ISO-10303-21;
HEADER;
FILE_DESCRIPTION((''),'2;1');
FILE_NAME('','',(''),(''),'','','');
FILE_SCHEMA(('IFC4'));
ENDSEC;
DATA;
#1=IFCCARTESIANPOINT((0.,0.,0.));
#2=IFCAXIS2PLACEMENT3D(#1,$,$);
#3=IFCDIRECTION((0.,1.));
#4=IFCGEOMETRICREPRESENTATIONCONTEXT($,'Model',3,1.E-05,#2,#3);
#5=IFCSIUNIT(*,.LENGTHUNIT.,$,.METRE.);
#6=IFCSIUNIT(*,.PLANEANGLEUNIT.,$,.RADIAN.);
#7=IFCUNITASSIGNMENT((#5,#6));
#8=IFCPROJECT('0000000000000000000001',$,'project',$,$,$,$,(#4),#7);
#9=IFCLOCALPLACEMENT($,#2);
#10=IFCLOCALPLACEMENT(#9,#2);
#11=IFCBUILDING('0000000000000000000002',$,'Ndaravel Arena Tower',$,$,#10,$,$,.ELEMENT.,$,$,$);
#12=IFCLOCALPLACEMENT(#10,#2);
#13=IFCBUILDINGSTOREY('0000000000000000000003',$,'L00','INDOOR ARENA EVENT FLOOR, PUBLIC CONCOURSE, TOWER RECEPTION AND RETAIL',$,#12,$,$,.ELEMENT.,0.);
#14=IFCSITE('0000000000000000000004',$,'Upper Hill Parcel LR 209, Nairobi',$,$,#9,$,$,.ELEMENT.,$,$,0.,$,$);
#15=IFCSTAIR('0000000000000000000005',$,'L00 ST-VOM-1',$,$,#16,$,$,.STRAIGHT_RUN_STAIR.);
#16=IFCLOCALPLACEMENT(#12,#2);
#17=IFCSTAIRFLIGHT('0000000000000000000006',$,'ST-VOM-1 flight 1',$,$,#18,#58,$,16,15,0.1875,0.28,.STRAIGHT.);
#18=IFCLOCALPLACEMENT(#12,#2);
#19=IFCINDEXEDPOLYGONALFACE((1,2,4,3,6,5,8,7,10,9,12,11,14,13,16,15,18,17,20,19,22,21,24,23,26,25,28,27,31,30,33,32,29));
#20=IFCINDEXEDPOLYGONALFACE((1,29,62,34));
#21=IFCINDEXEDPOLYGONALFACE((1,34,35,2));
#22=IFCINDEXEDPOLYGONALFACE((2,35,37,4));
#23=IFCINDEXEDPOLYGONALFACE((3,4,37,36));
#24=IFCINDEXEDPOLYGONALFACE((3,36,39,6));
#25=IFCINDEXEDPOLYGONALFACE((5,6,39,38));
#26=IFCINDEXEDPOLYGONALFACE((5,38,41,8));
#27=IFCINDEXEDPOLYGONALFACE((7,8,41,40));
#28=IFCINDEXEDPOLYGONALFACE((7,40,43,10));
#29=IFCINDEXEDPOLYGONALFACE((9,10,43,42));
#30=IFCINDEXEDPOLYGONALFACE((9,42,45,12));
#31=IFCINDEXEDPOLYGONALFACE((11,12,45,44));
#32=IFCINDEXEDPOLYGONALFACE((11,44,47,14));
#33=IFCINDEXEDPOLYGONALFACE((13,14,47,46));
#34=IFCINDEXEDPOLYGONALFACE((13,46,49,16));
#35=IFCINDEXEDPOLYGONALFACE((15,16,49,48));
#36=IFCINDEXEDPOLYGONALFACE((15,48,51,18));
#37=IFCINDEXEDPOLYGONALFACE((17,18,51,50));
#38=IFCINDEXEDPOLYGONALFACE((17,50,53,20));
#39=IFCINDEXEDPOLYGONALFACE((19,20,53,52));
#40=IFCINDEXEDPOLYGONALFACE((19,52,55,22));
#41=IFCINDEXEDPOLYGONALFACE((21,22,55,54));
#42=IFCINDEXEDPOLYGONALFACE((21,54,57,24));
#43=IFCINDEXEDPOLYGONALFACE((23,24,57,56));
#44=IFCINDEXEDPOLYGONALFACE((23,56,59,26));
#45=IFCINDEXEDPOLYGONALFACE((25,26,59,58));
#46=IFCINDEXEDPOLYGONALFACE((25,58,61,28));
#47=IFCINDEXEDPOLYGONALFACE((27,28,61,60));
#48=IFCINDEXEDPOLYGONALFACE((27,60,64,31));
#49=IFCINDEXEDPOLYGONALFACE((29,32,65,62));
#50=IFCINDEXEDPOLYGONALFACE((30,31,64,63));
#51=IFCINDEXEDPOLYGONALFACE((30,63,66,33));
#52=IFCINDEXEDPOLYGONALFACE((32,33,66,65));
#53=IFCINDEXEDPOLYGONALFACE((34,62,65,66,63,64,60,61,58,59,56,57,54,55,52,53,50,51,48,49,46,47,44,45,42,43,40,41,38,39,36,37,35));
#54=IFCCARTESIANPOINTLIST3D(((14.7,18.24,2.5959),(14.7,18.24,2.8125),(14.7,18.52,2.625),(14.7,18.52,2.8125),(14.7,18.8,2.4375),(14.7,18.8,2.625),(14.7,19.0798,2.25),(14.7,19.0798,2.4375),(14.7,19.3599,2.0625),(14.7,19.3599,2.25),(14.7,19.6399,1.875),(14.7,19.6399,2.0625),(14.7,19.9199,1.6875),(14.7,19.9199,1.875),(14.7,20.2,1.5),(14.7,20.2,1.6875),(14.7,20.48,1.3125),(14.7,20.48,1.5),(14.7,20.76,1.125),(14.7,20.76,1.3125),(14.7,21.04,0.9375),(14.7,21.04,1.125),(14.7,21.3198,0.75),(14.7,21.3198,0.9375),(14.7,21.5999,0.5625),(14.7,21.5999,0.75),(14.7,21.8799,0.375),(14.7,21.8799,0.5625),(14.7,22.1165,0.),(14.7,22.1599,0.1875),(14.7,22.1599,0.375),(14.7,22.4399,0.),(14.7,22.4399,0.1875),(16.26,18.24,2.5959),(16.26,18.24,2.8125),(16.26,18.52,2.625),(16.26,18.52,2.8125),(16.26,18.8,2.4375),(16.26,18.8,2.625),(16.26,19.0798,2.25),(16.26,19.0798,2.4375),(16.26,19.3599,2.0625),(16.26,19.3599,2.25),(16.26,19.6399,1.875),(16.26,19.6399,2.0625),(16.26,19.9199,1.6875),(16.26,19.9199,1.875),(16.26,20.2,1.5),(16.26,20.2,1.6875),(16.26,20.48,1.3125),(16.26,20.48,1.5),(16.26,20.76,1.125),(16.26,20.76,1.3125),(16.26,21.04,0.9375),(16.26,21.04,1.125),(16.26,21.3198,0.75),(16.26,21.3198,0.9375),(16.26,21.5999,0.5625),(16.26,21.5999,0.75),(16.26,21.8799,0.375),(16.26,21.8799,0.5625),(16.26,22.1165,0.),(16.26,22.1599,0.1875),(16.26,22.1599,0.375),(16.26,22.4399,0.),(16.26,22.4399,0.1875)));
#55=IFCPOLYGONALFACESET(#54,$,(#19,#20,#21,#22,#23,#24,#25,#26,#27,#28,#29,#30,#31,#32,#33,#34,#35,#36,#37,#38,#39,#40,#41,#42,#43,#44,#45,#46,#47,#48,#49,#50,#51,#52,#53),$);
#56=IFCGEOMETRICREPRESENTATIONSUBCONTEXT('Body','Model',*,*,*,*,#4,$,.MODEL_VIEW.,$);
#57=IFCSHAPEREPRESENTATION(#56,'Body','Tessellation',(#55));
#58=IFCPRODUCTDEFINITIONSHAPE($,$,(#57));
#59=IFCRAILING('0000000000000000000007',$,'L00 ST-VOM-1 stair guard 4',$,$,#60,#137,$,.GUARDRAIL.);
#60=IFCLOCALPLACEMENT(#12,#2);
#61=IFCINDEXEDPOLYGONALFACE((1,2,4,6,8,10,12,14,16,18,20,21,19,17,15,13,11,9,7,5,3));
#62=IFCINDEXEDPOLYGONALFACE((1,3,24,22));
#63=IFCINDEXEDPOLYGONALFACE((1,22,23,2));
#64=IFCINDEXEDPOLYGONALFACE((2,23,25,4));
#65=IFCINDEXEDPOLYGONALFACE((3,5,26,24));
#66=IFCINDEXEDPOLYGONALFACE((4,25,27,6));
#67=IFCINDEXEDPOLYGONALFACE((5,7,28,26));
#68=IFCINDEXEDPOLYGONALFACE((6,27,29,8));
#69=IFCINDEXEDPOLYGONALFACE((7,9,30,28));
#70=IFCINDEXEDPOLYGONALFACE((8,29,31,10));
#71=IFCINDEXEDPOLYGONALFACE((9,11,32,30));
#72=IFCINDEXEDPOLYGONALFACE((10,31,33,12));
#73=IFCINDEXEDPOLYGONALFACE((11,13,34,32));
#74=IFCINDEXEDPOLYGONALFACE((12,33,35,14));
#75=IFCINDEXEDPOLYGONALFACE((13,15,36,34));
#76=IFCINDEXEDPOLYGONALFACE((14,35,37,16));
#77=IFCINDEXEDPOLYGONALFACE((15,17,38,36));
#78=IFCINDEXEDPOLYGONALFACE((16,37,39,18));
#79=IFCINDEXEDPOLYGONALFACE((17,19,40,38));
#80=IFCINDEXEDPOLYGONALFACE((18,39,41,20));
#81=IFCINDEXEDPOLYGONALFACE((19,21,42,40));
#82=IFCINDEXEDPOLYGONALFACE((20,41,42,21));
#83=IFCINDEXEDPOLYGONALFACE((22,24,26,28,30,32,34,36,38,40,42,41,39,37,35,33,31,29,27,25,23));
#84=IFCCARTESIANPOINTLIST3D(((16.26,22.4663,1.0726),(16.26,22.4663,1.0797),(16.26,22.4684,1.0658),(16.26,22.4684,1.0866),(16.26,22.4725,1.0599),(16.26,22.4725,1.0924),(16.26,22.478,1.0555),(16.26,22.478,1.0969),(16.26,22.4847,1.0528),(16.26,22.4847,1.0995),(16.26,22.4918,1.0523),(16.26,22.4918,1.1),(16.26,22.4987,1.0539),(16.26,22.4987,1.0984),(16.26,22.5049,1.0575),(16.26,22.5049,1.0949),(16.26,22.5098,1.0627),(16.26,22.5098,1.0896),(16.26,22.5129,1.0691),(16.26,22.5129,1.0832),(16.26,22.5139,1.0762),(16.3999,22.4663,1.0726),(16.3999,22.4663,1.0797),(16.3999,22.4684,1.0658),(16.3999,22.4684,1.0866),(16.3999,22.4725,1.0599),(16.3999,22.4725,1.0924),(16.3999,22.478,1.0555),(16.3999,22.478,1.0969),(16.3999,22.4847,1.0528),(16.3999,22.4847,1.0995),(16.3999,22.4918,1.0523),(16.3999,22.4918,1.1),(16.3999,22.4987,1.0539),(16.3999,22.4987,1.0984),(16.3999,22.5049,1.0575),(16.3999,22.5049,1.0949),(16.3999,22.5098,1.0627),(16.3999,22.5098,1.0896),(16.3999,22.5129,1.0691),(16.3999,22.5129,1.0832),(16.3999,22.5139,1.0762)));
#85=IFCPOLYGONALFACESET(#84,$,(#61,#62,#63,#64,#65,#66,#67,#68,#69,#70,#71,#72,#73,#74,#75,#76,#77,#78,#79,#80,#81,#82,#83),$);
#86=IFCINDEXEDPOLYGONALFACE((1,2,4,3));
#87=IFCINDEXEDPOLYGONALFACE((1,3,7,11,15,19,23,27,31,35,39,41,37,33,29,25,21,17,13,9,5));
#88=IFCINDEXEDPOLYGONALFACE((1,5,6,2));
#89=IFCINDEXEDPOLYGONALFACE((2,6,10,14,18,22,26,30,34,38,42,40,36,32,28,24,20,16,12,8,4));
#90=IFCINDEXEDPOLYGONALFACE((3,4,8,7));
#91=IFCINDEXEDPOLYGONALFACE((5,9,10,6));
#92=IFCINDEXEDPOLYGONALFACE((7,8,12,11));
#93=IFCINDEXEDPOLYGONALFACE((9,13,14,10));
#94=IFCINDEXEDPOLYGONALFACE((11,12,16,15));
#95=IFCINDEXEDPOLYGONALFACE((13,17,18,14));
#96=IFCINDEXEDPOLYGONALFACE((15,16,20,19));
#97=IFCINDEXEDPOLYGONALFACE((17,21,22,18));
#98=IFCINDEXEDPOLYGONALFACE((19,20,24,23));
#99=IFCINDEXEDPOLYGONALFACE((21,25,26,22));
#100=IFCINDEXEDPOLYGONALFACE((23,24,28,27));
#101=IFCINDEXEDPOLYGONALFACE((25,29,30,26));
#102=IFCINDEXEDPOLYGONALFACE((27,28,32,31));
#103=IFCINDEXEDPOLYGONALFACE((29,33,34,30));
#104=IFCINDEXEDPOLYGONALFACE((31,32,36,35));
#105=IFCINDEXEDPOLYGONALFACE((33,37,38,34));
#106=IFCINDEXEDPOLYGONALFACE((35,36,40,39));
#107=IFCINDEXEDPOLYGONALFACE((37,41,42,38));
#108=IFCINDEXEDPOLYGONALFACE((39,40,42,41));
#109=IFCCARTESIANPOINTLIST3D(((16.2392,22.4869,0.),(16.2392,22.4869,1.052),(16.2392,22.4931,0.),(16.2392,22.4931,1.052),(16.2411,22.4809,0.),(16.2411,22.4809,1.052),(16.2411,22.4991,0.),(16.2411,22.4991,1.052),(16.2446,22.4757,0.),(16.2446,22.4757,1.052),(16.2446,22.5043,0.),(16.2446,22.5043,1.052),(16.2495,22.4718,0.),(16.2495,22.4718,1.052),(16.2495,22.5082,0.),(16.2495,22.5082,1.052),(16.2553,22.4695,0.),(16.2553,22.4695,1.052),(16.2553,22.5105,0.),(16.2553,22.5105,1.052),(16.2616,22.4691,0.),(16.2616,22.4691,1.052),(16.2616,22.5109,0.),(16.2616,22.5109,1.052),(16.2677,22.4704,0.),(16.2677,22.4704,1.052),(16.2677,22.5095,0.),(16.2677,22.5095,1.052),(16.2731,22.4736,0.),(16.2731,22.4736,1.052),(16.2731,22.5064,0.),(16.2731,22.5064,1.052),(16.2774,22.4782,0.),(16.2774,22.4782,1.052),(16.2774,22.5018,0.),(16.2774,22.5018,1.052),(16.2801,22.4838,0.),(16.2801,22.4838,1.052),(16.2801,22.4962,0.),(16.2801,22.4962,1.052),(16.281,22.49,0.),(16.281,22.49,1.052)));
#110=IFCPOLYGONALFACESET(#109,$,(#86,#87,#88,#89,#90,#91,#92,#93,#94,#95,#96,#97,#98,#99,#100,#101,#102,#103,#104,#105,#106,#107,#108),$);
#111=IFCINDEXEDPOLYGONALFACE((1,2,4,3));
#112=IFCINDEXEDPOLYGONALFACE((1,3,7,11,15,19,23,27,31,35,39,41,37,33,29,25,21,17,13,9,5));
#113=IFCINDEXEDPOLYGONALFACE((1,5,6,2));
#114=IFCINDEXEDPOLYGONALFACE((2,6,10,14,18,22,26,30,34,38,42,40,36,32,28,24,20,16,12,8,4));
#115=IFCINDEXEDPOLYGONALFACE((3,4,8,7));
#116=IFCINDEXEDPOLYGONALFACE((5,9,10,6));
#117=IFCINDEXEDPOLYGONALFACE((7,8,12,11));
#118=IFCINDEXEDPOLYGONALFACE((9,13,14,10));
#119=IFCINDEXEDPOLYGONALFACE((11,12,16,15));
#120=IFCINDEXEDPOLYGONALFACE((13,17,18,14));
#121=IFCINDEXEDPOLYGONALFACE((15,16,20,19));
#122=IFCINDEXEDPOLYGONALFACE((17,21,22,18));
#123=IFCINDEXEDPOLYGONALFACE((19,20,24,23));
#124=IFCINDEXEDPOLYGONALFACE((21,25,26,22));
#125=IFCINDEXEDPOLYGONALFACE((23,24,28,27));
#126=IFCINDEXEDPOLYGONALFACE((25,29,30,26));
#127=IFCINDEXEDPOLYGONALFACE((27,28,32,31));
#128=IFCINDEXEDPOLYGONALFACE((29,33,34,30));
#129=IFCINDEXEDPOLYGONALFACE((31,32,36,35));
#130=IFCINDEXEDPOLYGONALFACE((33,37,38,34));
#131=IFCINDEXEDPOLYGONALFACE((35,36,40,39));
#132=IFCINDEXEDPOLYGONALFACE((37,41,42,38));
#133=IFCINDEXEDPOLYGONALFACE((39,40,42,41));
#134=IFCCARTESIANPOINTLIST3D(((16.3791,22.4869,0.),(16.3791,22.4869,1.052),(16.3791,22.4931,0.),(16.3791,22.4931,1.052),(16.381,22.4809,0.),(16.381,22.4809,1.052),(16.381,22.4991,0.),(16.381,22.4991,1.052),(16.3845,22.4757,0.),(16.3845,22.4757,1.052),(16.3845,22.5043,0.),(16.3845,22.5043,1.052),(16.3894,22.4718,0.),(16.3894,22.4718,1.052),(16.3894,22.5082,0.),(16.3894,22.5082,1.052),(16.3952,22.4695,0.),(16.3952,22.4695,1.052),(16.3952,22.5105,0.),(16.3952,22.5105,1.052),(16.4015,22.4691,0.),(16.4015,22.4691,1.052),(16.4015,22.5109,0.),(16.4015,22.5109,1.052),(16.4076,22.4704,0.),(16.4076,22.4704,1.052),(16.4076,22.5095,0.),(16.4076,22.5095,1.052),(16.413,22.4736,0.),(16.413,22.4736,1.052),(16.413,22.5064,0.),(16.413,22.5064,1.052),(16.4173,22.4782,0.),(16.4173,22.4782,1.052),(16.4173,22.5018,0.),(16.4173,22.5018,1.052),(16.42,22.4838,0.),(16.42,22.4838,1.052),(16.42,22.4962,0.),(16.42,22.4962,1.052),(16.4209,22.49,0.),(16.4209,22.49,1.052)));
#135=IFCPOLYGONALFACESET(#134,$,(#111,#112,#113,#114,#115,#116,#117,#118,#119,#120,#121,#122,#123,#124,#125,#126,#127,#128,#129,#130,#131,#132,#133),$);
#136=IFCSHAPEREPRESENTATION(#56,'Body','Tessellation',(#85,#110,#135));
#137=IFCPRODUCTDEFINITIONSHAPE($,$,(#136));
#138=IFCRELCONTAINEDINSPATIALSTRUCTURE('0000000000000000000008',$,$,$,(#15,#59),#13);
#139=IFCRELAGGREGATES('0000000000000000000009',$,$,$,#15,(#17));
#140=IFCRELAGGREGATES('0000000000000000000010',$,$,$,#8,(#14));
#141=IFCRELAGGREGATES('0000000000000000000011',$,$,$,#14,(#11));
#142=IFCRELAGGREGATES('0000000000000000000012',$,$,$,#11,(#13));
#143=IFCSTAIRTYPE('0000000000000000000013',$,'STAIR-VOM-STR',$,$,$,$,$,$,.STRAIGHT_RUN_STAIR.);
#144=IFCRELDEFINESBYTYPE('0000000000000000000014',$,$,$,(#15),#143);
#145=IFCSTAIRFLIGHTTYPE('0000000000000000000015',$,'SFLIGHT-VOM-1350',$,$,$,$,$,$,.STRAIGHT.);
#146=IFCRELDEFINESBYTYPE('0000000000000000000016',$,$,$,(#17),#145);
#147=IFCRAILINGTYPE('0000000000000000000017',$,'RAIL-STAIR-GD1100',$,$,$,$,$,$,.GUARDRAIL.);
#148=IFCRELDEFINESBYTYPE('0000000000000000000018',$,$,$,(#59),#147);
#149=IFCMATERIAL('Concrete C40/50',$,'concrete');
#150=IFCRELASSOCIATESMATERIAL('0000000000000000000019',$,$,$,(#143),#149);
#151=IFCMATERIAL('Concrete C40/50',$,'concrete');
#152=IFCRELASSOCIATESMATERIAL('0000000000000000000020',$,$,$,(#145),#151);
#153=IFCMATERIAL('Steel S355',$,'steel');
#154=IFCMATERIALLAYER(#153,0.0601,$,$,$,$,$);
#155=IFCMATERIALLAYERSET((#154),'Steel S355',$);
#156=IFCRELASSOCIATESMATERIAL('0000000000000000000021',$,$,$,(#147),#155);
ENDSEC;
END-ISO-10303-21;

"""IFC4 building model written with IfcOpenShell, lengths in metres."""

from ifc_helpers import new_model, si_unit, direction, frame, origin, origin_2d, place, context, subcontext, project, spatial, polyline, circle, outline, extrude, material, layer, layer_set, type_object, element, aggregate, save


model = new_model("IFC4")

# Units and contexts
model_context = context("Model", 3, precision=1e-05, world=origin(), true_north=direction((0.0, 1.0)))
body_context = subcontext(model_context, "Body", "Model", "MODEL_VIEW")
ifc_project = project(units=[si_unit("LENGTHUNIT", "METRE"), si_unit("PLANEANGLEUNIT", "RADIAN")], contexts=[model_context])

# Site, building, storey
site_placement = place(None, origin())
site = spatial("IfcSite", under=ifc_project, at=site_placement, Name="Upper Hill Parcel LR 209, Nairobi", CompositionType="ELEMENT", RefElevation=0.0)
building_placement = place(site_placement, origin())
building = spatial("IfcBuilding", under=site, at=building_placement, Name="Ndaravel Arena Tower", CompositionType="ELEMENT")
storey_placement = place(building_placement, origin())
storey = spatial("IfcBuildingStorey", under=building, at=storey_placement, Name="L00", Description="INDOOR ARENA EVENT FLOOR, PUBLIC CONCOURSE, TOWER RECEPTION AND RETAIL", CompositionType="ELEMENT", Elevation=0.0)

# Stair, stair flight
ifc_material_1 = material(Name="Concrete C40/50", Category="concrete")
stair_type = type_object("IfcStairType", Name="STAIR-VOM-STR", PredefinedType="STRAIGHT_RUN_STAIR", material=ifc_material_1)
stair_placement = place(storey_placement, origin())
stair = element("IfcStair", 1, at=stair_placement, inside=storey, type_object=stair_type, Name="L00 ST-VOM-1", PredefinedType="STRAIGHT_RUN_STAIR")
ifc_material_2 = material(Name="Concrete C40/50", Category="concrete")
stair_flight_type = type_object("IfcStairFlightType", Name="SFLIGHT-VOM-1350", PredefinedType="STRAIGHT", material=ifc_material_2)
stair_flight_placement = place(storey_placement, frame((15.48, 22.4399, 0.0), z_axis=(0.0, 0.0, 1.0), x_axis=(0.0, -1.0, 0.0)))
stair_flight = element("IfcStairFlight", 2, at=stair_flight_placement, type_object=stair_flight_type, Name="ST-VOM-1 flight 1", NumberOfRisers=16, NumberOfTreads=15, PredefinedType="STRAIGHT", RiserHeight=0.1875, TreadLength=0.28, context=body_context, shape_type="SweptSolid", body=[
    extrude(outline(polyline([(0.0, 0.0), (0.0, 0.1875), (0.28, 0.1875), (0.28, 0.375), (0.5601, 0.375), (0.5601, 0.5625), (0.8401, 0.5625), (0.8401, 0.75), (1.1201, 0.75), (1.1201, 0.9375), (1.3999, 0.9375), (1.3999, 1.125), (1.6799, 1.125), (1.6799, 1.3125), (1.96, 1.3125), (1.96, 1.5), (2.24, 1.5), (2.24, 1.6875), (2.52, 1.6875), (2.52, 1.875), (2.8, 1.875), (2.8, 2.0625), (3.0801, 2.0625), (3.0801, 2.25), (3.3601, 2.25), (3.3601, 2.4375), (3.6399, 2.4375), (3.6399, 2.625), (3.9199, 2.625), (3.9199, 2.8125), (4.2, 2.8125), (4.2, 3.0), (4.2, 2.5959), (0.3235, 0.0), (0.0, 0.0)])), frame((0.0, 0.78, 0.0), z_axis=(0.0, -1.0, 0.0), x_axis=(1.0, 0.0, 0.0)), (0.0, 0.0, 1.0), 1.5601),
])
aggregate(stair, [stair_flight])

# Railing
ifc_material_3 = material(Name="Steel S355", Category="steel")
ifc_layer_1 = layer(ifc_material_3, 0.0601)
ifc_layer_set_1 = layer_set([ifc_layer_1], Name="Steel S355")
railing_type_1 = type_object("IfcRailingType", Name="RAIL-STAIR-GD1100", PredefinedType="GUARDRAIL", material=ifc_layer_set_1)
railing_1_placement = place(storey_placement, frame((16.26, 22.49, 0.0)))
element("IfcRailing", 3, at=railing_1_placement, inside=storey, type_object=railing_type_1, Name="L00 ST-VOM-1 stair guard 4", PredefinedType="GUARDRAIL", context=body_context, shape_type="SweptSolid", body=[
    extrude(circle(Radius=0.0239, at=origin_2d()), frame((0.0, 0.0, 1.0762), z_axis=(1.0, 0.0, 0.0), x_axis=(0.0, 1.0, 0.0)), (0.0, 0.0, 1.0), 0.1399),
    extrude(circle(Radius=0.021, at=origin_2d()), origin(), (0.0, 0.0, 1.0), 1.052),
    extrude(circle(Radius=0.021, at=origin_2d()), frame((0.1399, 0.0, 0.0)), (0.0, 0.0, 1.0), 1.052),
])

save(model, "model.ifc")
